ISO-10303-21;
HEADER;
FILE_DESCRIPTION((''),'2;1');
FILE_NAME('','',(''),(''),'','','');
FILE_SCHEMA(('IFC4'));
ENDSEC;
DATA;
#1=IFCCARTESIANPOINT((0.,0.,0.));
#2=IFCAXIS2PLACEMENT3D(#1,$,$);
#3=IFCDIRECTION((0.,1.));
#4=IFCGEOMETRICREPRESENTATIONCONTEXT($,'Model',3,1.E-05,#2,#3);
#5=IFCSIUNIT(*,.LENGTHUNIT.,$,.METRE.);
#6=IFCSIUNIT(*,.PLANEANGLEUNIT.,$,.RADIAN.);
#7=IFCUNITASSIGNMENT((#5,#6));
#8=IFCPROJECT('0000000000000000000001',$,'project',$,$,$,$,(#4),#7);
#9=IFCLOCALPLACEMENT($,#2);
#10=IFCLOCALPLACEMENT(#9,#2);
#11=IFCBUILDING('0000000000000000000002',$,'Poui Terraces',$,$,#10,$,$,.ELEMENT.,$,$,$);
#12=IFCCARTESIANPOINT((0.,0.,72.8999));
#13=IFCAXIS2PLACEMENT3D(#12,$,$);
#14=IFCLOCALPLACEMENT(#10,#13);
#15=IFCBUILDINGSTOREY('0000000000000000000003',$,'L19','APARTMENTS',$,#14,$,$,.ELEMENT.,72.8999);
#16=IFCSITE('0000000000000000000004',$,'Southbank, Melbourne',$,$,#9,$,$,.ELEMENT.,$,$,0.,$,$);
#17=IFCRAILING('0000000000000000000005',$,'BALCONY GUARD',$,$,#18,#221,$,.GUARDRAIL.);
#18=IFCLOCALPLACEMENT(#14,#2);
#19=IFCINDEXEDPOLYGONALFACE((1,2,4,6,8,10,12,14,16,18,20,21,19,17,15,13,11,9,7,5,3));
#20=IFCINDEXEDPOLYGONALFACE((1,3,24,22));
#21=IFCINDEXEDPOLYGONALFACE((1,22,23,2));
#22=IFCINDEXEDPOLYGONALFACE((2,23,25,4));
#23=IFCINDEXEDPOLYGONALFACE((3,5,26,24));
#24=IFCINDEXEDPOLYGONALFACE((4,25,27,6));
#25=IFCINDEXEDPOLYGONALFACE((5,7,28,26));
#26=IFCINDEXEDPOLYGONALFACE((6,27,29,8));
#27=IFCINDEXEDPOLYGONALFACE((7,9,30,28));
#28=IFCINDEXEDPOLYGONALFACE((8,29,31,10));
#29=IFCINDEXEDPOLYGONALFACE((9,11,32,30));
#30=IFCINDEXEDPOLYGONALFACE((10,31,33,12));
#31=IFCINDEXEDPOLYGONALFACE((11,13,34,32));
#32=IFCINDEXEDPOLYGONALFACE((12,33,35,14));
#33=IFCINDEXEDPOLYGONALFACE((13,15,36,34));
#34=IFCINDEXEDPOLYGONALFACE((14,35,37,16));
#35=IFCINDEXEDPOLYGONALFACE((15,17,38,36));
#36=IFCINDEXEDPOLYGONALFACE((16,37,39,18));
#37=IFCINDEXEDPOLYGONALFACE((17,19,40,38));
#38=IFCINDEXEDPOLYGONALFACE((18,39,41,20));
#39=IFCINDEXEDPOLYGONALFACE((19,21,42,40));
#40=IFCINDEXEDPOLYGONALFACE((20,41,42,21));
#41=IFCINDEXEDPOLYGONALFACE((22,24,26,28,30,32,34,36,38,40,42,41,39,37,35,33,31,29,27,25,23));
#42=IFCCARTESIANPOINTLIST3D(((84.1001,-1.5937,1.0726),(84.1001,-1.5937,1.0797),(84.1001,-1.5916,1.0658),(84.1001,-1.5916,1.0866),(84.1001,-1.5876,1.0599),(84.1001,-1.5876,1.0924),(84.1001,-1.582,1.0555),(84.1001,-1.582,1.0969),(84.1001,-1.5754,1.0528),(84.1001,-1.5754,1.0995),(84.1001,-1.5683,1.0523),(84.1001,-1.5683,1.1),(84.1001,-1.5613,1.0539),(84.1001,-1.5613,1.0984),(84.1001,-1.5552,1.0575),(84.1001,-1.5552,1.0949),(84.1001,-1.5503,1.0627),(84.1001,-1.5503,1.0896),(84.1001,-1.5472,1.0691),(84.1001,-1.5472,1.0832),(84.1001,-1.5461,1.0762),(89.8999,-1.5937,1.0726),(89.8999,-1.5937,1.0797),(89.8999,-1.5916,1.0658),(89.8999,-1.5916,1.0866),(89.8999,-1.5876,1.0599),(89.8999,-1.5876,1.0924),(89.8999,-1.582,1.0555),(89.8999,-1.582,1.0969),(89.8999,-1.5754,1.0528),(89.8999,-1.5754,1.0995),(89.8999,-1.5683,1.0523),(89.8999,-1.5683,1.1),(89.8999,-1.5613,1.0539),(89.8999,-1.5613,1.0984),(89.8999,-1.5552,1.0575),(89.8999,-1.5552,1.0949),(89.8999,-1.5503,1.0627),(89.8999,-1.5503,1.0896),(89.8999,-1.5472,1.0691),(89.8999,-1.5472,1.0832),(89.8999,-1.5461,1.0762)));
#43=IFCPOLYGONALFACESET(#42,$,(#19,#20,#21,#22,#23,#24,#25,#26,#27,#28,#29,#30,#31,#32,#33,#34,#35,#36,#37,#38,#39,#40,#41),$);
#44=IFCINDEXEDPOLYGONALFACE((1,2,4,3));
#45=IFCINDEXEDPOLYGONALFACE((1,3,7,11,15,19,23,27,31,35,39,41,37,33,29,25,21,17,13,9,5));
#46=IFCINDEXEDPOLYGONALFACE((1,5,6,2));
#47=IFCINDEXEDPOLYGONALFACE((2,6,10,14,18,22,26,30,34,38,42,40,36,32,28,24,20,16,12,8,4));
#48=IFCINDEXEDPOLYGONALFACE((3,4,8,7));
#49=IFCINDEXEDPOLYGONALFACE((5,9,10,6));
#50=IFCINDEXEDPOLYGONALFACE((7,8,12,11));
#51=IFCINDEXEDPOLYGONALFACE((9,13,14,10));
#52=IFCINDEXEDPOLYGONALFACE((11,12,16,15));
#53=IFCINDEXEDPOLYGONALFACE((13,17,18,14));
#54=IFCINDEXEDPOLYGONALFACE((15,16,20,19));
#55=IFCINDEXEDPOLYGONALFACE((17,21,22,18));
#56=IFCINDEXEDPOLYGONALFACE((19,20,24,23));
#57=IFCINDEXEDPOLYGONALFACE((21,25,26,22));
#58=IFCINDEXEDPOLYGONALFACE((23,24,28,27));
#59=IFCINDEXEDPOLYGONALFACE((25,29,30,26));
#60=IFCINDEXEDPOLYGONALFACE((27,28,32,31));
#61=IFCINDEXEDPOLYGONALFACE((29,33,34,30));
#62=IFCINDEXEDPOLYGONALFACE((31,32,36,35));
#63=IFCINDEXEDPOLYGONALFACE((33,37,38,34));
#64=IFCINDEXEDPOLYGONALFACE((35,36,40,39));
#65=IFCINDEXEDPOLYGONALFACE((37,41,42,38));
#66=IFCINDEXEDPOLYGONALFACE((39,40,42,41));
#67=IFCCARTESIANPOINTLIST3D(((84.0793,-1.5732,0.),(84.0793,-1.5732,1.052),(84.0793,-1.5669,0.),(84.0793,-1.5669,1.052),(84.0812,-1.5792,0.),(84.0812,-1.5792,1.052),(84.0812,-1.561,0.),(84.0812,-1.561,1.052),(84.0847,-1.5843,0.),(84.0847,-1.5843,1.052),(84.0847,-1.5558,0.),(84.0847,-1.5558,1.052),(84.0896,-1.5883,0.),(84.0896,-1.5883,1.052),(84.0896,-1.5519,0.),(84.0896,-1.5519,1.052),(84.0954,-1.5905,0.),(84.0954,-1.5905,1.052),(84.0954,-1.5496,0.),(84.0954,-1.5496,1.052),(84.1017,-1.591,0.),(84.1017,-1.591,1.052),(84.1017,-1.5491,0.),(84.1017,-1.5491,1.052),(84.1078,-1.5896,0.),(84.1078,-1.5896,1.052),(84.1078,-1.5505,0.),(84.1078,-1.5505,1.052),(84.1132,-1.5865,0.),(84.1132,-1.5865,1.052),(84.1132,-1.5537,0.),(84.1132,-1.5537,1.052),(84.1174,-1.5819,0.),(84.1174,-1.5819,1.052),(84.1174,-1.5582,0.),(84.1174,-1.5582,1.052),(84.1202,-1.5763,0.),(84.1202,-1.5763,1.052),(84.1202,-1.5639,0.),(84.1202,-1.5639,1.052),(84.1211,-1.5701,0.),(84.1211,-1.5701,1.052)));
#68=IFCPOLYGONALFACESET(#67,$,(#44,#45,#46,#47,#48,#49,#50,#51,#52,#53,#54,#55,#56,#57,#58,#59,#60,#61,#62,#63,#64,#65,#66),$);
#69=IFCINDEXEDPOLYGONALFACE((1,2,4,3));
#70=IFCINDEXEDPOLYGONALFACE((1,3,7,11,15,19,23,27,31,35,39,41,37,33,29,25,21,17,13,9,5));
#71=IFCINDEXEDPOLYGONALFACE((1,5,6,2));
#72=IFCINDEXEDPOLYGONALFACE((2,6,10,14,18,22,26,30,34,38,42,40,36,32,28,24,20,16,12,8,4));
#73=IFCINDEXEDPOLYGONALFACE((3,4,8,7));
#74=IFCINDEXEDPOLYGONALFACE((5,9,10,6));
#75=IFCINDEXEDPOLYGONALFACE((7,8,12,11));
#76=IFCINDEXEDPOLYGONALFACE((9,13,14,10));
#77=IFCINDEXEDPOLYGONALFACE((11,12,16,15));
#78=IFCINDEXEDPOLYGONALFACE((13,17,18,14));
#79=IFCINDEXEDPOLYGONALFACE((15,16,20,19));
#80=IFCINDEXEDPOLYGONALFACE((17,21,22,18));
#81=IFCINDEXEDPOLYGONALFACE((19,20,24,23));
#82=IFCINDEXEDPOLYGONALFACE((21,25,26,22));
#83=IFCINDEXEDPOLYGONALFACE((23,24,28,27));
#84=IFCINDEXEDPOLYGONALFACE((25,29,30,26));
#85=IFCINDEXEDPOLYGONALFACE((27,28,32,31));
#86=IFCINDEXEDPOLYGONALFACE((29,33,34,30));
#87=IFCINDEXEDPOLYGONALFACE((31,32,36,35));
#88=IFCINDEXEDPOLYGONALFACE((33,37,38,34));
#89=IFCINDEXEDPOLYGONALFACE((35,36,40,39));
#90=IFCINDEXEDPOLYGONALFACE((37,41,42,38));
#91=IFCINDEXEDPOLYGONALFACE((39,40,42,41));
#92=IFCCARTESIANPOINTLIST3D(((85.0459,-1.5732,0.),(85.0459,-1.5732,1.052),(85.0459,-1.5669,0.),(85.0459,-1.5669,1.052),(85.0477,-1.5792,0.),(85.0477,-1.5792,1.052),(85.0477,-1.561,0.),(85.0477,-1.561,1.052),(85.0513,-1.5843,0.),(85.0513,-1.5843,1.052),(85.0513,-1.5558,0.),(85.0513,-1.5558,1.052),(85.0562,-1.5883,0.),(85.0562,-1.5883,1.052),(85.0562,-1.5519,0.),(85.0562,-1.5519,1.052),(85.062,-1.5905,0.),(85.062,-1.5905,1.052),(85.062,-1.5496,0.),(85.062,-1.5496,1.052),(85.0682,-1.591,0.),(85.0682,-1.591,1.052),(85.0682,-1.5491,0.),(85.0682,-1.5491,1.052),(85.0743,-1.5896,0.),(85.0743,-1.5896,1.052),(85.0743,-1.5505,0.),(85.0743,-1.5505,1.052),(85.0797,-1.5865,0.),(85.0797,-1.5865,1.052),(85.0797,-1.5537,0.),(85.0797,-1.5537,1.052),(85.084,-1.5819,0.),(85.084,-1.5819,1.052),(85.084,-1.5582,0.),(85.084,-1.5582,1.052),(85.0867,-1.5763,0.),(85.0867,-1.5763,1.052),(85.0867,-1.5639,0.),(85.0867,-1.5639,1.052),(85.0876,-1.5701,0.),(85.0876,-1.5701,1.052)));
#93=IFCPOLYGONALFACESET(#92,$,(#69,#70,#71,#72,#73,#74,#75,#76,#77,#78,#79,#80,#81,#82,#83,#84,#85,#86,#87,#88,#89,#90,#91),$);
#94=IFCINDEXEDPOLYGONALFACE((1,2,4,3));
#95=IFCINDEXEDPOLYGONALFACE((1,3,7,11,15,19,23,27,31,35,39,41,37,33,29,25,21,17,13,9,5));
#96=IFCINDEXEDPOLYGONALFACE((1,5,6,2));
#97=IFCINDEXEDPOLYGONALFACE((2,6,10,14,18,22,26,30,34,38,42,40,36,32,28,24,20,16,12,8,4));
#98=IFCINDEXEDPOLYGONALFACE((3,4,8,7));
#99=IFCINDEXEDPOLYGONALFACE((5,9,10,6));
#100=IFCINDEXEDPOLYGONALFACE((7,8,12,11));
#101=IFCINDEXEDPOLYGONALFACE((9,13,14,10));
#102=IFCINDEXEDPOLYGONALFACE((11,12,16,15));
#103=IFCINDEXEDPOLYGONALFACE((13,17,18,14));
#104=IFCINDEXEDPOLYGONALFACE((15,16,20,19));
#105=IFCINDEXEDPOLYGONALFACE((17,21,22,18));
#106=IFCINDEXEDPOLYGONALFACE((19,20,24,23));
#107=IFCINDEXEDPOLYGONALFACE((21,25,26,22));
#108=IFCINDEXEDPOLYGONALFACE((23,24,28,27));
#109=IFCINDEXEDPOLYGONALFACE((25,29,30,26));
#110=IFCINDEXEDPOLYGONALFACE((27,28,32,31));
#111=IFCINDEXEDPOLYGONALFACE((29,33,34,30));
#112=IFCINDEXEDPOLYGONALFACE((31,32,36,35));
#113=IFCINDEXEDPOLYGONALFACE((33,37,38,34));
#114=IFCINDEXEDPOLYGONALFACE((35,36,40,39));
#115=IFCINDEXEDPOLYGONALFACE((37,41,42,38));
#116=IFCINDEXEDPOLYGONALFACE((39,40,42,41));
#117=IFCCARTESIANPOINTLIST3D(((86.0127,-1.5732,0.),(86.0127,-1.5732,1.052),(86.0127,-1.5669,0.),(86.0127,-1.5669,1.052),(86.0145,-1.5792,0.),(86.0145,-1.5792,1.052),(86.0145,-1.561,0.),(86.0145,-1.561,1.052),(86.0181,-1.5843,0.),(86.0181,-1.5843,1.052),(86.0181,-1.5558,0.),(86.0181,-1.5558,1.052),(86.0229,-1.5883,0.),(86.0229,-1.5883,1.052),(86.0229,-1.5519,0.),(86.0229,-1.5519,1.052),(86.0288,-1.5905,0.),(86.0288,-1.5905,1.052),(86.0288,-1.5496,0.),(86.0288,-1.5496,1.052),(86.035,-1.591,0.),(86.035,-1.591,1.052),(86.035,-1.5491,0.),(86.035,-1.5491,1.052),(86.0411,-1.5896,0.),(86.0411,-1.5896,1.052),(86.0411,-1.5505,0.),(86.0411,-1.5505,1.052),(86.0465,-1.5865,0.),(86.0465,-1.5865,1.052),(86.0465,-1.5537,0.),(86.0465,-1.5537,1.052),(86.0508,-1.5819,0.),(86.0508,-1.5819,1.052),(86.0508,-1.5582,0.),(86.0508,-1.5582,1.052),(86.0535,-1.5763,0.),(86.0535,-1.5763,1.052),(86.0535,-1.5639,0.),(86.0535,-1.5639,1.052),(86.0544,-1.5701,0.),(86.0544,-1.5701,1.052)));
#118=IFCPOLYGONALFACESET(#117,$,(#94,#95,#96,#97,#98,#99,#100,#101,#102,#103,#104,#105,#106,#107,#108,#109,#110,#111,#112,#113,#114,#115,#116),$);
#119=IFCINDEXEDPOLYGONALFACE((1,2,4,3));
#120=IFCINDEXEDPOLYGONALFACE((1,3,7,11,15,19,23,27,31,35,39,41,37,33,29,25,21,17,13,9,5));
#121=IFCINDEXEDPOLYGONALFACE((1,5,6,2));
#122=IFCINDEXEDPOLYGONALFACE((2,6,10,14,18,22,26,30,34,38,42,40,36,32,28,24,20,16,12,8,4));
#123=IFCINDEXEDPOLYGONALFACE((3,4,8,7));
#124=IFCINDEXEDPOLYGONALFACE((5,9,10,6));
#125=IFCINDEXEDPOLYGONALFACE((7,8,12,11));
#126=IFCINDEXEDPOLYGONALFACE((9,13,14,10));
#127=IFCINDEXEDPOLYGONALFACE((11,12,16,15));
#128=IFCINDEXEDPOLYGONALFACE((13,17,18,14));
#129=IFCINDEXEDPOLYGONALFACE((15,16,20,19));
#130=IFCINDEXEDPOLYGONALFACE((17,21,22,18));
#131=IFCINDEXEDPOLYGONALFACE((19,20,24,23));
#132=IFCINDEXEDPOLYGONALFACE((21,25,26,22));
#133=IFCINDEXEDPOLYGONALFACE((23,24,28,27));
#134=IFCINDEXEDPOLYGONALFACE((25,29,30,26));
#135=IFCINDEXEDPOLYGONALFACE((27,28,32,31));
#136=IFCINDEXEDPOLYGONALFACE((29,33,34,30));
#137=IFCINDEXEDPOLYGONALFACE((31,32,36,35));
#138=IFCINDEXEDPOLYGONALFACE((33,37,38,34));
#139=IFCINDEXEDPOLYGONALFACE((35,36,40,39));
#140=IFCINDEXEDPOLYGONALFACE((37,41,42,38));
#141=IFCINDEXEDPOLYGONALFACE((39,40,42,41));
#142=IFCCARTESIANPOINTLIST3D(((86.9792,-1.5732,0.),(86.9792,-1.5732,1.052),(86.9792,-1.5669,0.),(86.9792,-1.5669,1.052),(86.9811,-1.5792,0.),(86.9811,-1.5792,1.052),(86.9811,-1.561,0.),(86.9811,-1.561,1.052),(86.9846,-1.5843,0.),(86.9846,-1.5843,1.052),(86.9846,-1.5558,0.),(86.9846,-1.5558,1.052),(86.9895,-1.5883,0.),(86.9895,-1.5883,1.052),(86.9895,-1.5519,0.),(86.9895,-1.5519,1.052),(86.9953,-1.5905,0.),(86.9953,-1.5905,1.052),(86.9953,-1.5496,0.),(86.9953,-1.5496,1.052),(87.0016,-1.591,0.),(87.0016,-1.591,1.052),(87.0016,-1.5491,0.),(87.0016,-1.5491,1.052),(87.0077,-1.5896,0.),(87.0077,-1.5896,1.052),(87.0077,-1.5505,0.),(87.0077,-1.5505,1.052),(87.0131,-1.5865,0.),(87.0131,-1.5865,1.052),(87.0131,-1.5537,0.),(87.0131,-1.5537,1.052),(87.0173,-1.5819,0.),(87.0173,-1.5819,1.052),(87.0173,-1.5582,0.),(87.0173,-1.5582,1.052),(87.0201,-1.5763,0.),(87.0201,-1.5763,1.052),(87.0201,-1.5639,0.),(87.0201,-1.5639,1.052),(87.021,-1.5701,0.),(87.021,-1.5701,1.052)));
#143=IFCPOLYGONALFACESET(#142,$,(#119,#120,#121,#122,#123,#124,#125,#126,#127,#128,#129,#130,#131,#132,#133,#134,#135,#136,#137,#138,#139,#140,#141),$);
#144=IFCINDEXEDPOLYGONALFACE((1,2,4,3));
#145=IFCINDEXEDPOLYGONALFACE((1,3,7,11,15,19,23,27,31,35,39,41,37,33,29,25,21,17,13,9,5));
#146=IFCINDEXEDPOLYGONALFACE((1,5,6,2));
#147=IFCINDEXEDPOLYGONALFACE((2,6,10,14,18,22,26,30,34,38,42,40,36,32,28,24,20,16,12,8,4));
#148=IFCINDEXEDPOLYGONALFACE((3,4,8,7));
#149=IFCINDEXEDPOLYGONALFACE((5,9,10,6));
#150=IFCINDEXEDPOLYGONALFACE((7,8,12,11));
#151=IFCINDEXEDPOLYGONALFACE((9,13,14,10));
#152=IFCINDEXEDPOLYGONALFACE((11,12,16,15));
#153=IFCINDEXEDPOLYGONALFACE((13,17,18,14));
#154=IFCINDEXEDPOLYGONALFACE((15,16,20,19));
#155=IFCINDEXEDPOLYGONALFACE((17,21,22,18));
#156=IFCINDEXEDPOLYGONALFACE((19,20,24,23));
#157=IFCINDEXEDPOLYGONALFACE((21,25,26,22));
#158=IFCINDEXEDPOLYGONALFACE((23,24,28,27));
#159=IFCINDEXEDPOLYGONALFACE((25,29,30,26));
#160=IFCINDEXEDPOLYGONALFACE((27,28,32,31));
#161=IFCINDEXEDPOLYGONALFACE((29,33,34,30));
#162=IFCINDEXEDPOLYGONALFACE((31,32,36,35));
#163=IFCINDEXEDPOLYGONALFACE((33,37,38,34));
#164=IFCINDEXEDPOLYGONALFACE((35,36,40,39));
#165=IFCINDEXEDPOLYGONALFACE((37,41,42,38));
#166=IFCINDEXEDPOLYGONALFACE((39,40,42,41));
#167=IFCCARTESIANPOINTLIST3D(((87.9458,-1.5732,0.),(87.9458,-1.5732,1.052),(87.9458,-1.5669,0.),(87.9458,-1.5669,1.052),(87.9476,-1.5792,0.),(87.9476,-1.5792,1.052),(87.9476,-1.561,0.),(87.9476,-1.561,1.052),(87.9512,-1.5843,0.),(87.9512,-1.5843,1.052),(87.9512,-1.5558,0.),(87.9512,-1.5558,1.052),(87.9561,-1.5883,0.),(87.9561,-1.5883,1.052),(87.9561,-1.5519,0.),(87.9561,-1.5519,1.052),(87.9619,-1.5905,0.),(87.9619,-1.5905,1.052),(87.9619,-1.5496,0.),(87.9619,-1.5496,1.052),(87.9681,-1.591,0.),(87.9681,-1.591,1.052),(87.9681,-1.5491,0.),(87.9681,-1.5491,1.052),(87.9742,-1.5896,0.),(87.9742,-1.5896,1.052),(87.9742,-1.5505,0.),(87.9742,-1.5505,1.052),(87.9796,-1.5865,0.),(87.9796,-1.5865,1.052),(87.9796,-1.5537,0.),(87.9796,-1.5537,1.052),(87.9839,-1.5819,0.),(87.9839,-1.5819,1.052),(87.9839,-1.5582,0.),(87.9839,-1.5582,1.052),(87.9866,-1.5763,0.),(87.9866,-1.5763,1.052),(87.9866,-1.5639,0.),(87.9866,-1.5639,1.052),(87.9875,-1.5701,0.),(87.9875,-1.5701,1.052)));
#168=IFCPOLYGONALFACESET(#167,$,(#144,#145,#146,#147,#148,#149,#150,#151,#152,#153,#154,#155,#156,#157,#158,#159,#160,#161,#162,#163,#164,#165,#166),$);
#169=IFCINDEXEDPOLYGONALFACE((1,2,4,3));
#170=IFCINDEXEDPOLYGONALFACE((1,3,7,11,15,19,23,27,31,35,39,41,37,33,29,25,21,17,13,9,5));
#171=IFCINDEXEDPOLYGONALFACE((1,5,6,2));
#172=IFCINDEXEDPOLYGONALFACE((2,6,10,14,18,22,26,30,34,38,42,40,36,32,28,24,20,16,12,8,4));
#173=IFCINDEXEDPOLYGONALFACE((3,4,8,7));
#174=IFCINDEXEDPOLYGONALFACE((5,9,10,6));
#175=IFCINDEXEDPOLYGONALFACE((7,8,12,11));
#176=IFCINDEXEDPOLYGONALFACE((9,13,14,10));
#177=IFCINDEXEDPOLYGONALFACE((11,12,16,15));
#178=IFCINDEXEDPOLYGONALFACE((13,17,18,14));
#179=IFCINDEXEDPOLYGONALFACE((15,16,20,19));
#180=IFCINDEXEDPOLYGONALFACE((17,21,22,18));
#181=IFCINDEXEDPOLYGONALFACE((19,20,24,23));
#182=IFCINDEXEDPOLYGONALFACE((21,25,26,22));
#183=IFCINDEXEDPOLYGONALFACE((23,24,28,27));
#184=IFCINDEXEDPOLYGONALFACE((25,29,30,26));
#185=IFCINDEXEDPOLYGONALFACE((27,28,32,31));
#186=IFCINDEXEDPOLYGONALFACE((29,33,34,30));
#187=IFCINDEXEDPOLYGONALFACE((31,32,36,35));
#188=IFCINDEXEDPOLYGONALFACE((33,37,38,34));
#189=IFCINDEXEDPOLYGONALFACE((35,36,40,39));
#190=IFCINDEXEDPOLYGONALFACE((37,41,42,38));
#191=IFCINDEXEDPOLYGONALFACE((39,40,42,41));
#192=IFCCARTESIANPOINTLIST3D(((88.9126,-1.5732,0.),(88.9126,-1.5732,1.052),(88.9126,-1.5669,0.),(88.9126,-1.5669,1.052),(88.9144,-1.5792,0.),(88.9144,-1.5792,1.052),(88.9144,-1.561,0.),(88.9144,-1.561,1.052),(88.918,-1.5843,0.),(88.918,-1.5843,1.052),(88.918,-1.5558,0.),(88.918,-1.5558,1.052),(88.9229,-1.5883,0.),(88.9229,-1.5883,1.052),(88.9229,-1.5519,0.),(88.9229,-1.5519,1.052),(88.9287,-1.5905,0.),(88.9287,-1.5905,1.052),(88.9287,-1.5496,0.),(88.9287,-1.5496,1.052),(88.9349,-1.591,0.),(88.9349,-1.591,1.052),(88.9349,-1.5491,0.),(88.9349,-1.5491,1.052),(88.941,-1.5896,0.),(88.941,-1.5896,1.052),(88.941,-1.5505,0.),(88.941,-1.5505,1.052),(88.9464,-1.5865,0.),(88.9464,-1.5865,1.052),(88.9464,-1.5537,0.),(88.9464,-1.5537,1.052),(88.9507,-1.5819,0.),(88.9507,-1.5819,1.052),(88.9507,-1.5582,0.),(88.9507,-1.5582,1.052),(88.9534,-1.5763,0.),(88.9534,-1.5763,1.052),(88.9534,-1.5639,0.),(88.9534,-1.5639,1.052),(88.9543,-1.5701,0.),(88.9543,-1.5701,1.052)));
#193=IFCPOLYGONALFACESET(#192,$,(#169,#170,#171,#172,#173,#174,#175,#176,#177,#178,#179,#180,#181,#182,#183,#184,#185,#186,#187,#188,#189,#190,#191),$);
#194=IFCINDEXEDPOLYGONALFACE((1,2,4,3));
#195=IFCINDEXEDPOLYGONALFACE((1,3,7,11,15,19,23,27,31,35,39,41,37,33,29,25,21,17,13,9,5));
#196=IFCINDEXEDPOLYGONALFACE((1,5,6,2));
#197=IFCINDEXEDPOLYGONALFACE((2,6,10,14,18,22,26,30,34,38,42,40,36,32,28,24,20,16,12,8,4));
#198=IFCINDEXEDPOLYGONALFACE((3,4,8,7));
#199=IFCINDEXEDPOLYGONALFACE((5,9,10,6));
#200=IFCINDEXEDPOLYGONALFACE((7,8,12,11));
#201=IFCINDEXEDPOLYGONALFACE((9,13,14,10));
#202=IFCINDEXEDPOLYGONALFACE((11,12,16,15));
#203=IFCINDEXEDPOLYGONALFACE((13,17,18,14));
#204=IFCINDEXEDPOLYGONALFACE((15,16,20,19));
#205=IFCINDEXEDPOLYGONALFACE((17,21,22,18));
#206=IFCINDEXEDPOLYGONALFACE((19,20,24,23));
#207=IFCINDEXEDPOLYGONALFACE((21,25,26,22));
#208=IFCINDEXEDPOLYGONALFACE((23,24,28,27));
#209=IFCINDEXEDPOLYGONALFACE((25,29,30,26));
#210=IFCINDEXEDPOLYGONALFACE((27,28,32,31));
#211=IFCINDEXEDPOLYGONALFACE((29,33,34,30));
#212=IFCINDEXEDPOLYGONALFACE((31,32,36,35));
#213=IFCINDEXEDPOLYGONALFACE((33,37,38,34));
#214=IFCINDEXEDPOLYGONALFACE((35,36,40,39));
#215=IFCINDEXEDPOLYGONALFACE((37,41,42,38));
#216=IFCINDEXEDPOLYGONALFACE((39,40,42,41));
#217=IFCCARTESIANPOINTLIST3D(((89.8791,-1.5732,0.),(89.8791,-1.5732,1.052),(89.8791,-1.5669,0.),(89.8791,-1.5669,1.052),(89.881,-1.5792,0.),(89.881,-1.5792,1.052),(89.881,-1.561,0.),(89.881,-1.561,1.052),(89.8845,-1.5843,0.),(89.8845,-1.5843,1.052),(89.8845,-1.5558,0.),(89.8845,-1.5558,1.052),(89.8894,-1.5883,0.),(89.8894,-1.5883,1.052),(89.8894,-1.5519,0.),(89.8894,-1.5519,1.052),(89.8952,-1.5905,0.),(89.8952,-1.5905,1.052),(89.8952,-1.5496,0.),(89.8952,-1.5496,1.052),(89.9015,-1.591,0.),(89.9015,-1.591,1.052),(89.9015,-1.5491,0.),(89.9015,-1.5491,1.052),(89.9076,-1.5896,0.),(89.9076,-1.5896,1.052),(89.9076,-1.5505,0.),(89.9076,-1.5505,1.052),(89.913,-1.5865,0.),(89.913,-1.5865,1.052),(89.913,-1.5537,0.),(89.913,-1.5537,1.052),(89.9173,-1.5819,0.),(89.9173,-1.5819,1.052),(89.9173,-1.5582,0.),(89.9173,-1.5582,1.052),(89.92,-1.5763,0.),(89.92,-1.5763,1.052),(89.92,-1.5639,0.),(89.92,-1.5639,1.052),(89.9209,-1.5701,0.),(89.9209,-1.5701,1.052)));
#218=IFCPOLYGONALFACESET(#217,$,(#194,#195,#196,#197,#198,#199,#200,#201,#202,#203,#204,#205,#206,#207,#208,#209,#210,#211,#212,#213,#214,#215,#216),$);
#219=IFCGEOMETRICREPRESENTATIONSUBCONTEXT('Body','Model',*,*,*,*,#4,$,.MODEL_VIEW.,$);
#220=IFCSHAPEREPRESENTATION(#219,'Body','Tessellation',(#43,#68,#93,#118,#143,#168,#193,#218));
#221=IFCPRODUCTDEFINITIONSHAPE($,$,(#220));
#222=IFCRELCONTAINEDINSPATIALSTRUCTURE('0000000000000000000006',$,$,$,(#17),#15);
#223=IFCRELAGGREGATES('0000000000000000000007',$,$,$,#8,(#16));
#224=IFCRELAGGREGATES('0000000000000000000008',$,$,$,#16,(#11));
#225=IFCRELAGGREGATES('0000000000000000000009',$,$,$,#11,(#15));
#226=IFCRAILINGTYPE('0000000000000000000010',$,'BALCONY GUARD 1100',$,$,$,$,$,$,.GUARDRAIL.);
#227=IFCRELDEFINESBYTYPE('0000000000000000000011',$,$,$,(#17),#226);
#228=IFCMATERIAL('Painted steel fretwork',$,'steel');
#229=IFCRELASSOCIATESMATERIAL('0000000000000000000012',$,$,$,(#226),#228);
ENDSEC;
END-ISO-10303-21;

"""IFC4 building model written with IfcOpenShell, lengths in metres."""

from ifc_helpers import new_model, si_unit, direction, frame, origin, origin_2d, place, context, subcontext, project, spatial, circle, extrude, material, type_object, element, save


model = new_model("IFC4")

# Units and contexts
model_context = context("Model", 3, precision=1e-05, world=origin(), true_north=direction((0.0, 1.0)))
body_context = subcontext(model_context, "Body", "Model", "MODEL_VIEW")
ifc_project = project(units=[si_unit("LENGTHUNIT", "METRE"), si_unit("PLANEANGLEUNIT", "RADIAN")], contexts=[model_context])

# Site, building, storey
site_placement = place(None, origin())
site = spatial("IfcSite", under=ifc_project, at=site_placement, Name="Southbank, Melbourne", CompositionType="ELEMENT", RefElevation=0.0)
building_placement = place(site_placement, origin())
building = spatial("IfcBuilding", under=site, at=building_placement, Name="Poui Terraces", CompositionType="ELEMENT")
storey_placement = place(building_placement, frame((0.0, 0.0, 72.8999)))
storey = spatial("IfcBuildingStorey", under=building, at=storey_placement, Name="L19", Description="APARTMENTS", CompositionType="ELEMENT", Elevation=72.8999)

# Railing
ifc_material_1 = material(Name="Painted steel fretwork", Category="steel")
railing_type = type_object("IfcRailingType", Name="BALCONY GUARD 1100", PredefinedType="GUARDRAIL", material=ifc_material_1)
railing_placement = place(storey_placement, frame((84.1001, -1.5701, 0.0)))
element("IfcRailing", 1, at=railing_placement, inside=storey, type_object=railing_type, Name="BALCONY GUARD", PredefinedType="GUARDRAIL", context=body_context, shape_type="SweptSolid", body=[
    extrude(circle(Radius=0.0239, at=origin_2d()), frame((0.0, 0.0, 1.0762), z_axis=(1.0, 0.0, 0.0), x_axis=(0.0, 1.0, 0.0)), (0.0, 0.0, 1.0), 5.7998),
    extrude(circle(Radius=0.021, at=origin_2d()), origin(), (0.0, 0.0, 1.0), 1.052),
    extrude(circle(Radius=0.021, at=origin_2d()), frame((0.9666, 0.0, 0.0)), (0.0, 0.0, 1.0), 1.052),
    extrude(circle(Radius=0.021, at=origin_2d()), frame((1.9333, 0.0, 0.0)), (0.0, 0.0, 1.0), 1.052),
    extrude(circle(Radius=0.021, at=origin_2d()), frame((2.8999, 0.0, 0.0)), (0.0, 0.0, 1.0), 1.052),
    extrude(circle(Radius=0.021, at=origin_2d()), frame((3.8665, 0.0, 0.0)), (0.0, 0.0, 1.0), 1.052),
    extrude(circle(Radius=0.021, at=origin_2d()), frame((4.8333, 0.0, 0.0)), (0.0, 0.0, 1.0), 1.052),
    extrude(circle(Radius=0.021, at=origin_2d()), frame((5.7998, 0.0, 0.0)), (0.0, 0.0, 1.0), 1.052),
])

save(model, "model.ifc")
